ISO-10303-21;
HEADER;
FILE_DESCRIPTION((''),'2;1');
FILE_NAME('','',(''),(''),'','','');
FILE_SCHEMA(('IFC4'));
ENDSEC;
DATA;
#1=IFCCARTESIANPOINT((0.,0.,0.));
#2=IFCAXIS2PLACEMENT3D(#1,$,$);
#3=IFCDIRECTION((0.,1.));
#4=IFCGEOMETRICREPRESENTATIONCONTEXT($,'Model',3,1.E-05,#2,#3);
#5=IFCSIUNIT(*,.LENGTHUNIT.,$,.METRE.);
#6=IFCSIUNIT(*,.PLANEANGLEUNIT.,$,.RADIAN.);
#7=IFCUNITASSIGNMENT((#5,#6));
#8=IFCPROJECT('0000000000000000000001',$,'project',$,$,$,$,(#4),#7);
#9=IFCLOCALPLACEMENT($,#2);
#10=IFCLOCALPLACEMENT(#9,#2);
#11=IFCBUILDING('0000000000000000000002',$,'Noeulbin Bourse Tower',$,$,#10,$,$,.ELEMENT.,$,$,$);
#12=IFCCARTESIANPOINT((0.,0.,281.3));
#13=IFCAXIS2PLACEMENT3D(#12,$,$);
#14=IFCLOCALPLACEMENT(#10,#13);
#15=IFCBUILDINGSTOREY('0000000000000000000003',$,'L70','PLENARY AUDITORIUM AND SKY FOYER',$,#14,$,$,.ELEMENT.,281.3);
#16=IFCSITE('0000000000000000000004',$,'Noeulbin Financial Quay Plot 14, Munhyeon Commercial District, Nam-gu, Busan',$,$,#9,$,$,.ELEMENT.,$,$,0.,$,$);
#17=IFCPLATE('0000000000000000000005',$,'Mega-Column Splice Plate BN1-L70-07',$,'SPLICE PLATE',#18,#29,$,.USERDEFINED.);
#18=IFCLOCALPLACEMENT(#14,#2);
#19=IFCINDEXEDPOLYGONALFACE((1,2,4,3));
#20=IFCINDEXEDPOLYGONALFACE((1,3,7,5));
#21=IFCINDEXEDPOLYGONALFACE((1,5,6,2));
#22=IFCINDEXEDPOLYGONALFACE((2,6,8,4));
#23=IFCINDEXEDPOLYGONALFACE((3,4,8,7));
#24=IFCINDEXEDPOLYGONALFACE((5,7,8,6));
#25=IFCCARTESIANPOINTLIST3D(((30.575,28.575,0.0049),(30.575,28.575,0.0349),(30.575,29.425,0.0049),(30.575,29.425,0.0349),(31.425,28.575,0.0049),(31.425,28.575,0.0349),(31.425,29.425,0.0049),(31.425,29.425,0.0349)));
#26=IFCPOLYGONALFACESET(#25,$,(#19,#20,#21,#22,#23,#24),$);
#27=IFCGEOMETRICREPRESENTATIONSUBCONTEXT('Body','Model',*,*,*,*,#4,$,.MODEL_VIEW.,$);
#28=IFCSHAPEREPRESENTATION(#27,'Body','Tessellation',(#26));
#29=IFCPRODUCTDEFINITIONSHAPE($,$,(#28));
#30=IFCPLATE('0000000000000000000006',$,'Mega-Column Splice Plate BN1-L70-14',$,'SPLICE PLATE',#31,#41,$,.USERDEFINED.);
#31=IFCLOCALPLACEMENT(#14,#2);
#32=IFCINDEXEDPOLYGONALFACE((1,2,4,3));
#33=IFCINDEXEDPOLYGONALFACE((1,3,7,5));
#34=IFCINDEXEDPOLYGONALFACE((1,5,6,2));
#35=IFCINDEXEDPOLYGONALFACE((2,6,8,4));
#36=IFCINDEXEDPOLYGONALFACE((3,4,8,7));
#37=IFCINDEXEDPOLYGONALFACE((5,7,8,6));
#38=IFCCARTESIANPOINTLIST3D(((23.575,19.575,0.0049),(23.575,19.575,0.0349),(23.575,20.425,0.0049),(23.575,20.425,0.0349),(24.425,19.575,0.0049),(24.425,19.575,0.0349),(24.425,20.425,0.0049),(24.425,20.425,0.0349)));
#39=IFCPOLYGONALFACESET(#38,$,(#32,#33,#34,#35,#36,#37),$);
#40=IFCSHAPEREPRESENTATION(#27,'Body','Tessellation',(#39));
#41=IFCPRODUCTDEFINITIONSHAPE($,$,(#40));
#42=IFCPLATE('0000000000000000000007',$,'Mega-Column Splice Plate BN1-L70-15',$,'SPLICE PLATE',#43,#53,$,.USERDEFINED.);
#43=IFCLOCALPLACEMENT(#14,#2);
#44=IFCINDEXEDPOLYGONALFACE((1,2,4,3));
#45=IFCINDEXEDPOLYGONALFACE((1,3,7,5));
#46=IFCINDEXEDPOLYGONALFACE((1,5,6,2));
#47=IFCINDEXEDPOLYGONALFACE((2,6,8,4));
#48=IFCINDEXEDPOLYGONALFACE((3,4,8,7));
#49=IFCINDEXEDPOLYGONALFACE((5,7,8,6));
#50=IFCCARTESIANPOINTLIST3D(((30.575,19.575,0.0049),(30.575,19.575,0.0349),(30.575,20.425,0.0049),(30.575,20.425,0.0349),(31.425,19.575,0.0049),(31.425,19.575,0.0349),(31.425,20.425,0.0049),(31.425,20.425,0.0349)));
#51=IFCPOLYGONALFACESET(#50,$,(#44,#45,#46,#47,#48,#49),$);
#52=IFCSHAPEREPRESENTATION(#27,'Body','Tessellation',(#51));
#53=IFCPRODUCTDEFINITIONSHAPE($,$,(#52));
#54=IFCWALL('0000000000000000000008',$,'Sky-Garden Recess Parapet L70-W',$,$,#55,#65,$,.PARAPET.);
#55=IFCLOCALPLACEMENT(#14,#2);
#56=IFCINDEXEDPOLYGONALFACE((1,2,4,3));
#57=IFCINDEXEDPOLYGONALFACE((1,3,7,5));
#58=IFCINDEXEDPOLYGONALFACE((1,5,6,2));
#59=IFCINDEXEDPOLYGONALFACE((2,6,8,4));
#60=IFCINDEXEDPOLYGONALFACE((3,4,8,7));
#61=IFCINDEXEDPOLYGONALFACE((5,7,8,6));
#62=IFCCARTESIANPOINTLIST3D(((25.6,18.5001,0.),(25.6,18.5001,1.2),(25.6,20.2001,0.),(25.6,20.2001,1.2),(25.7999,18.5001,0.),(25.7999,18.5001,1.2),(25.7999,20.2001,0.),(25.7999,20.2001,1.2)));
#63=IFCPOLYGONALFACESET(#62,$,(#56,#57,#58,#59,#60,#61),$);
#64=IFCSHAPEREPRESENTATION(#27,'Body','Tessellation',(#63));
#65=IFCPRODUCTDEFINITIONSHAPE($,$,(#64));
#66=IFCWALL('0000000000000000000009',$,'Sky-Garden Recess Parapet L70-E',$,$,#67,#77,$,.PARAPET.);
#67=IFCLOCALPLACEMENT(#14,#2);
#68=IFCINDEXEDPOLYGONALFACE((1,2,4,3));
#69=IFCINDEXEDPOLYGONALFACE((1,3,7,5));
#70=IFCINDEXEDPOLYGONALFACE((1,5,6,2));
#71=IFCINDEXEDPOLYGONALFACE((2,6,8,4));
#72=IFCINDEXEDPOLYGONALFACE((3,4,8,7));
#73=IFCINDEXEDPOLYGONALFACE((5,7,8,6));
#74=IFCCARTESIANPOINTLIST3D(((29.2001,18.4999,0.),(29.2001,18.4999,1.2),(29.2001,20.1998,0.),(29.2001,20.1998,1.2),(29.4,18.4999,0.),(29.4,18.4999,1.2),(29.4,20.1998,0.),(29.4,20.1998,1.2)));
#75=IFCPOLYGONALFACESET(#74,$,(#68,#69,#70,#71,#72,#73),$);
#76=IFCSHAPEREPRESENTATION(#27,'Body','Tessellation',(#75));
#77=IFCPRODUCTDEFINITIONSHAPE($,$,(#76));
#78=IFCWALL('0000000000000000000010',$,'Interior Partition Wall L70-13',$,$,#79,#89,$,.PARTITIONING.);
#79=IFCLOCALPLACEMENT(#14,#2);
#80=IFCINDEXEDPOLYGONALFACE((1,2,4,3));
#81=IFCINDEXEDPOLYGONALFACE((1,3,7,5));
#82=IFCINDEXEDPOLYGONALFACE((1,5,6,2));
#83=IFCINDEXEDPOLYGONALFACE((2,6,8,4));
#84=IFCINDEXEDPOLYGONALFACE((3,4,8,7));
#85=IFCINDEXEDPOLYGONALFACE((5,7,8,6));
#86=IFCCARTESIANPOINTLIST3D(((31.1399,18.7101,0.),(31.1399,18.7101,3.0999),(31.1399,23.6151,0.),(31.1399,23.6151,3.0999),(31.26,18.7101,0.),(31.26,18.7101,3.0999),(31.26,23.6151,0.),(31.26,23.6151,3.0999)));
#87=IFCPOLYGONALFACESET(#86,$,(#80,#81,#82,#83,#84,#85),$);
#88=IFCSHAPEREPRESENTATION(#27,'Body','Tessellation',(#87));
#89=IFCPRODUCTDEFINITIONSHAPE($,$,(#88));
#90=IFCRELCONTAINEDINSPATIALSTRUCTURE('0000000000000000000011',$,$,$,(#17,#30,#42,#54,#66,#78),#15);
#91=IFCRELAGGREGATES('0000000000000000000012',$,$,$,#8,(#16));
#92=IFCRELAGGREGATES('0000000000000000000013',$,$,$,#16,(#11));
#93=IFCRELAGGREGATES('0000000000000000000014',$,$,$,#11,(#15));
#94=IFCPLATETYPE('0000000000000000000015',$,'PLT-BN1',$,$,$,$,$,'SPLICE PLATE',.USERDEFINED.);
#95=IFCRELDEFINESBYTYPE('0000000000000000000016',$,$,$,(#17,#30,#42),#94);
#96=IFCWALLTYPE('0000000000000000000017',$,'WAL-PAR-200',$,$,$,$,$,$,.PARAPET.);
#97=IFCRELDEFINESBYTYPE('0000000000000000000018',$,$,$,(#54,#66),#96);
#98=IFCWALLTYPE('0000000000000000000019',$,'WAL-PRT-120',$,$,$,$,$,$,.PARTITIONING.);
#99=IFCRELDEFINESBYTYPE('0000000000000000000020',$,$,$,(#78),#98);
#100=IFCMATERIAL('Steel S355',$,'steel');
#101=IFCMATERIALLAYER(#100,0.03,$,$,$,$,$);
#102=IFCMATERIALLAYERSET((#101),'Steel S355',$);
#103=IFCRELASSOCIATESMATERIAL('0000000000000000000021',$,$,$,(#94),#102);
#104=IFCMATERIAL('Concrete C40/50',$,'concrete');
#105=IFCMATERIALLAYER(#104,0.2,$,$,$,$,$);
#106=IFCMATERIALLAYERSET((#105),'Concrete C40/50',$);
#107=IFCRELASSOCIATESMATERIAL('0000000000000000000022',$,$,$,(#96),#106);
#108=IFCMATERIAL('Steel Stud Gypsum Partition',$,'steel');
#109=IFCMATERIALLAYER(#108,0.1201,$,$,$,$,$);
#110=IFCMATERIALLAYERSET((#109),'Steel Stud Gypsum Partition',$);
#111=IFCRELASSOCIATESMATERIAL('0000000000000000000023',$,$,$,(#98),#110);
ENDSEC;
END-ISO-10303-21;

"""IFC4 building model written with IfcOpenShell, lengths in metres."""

from ifc_helpers import new_model, si_unit, direction, frame, frame_2d, origin, origin_2d, place, context, subcontext, project, spatial, rectangle, extrude, material, layer, layer_set, type_object, element, save


model = new_model("IFC4")

# Units and contexts
model_context = context("Model", 3, precision=1e-05, world=origin(), true_north=direction((0.0, 1.0)))
body_context = subcontext(model_context, "Body", "Model", "MODEL_VIEW")
ifc_project = project(units=[si_unit("LENGTHUNIT", "METRE"), si_unit("PLANEANGLEUNIT", "RADIAN")], contexts=[model_context])

# Site, building, storey
site_placement = place(None, origin())
site = spatial("IfcSite", under=ifc_project, at=site_placement, Name="Noeulbin Financial Quay Plot 14, Munhyeon Commercial District, Nam-gu, Busan", CompositionType="ELEMENT", RefElevation=0.0)
building_placement = place(site_placement, origin())
building = spatial("IfcBuilding", under=site, at=building_placement, Name="Noeulbin Bourse Tower", CompositionType="ELEMENT")
storey_placement = place(building_placement, frame((0.0, 0.0, 281.3)))
storey = spatial("IfcBuildingStorey", under=building, at=storey_placement, Name="L70", Description="PLENARY AUDITORIUM AND SKY FOYER", CompositionType="ELEMENT", Elevation=281.3)

# Shared definitions
ifc_material_1 = material(Name="Steel S355", Category="steel")

# Plates
ifc_layer_1 = layer(ifc_material_1, 0.03)
ifc_layer_set_1 = layer_set([ifc_layer_1], Name="Steel S355")
plate_type_1 = type_object("IfcPlateType", Name="PLT-BN1", ElementType="SPLICE PLATE", PredefinedType="USERDEFINED", material=ifc_layer_set_1)
for number, where, z_axis, x_axis, name in (
    (1, (31.0, 29.0, 0.0049), (0.0, 0.0, 1.0), (1.0, 0.0, 0.0), "Mega-Column Splice Plate BN1-L70-07"),
    (2, (24.0, 20.0, 0.0049), (0.0, 0.0, 1.0), (1.0, 0.0, 0.0), "Mega-Column Splice Plate BN1-L70-14"),
    (3, (31.0, 20.0, 0.0049), (0.0, 0.0, 1.0), (1.0, 0.0, 0.0), "Mega-Column Splice Plate BN1-L70-15"),
):
    element("IfcPlate", number, at=place(storey_placement, frame(where, z_axis=z_axis, x_axis=x_axis)), inside=storey, type_object=plate_type_1, Name=name, ObjectType="SPLICE PLATE", PredefinedType="USERDEFINED", context=body_context, shape_type="SweptSolid", body=[
        extrude(rectangle(XDim=0.8501, YDim=0.8501, at=origin_2d()), origin(), (0.0, 0.0, 1.0), 0.03),
    ])

# Walls
ifc_material_2 = material(Name="Concrete C40/50", Category="concrete")
ifc_layer_2 = layer(ifc_material_2, 0.2)
ifc_layer_set_2 = layer_set([ifc_layer_2], Name="Concrete C40/50")
wall_type_1 = type_object("IfcWallType", Name="WAL-PAR-200", PredefinedType="PARAPET", material=ifc_layer_set_2)
for number, where, z_axis, x_axis, name in (
    (4, (25.7, 18.5, 0.0), (0.0, 0.0, 1.0), (0.0, 1.0, 0.0), "Sky-Garden Recess Parapet L70-W"),
    (5, (29.3, 20.2, 0.0), (0.0, 0.0, 1.0), (0.0, -1.0, 0.0), "Sky-Garden Recess Parapet L70-E"),
):
    element("IfcWall", number, at=place(storey_placement, frame(where, z_axis=z_axis, x_axis=x_axis)), inside=storey, type_object=wall_type_1, Name=name, PredefinedType="PARAPET", context=body_context, shape_type="SweptSolid", body=[
        extrude(rectangle(XDim=1.7, YDim=0.2, at=frame_2d((0.8501, 0.0))), origin(), (0.0, 0.0, 1.0), 1.2),
    ])
ifc_material_3 = material(Name="Steel Stud Gypsum Partition", Category="steel")
ifc_layer_3 = layer(ifc_material_3, 0.1201)
ifc_layer_set_3 = layer_set([ifc_layer_3], Name="Steel Stud Gypsum Partition")
wall_type_2 = type_object("IfcWallType", Name="WAL-PRT-120", PredefinedType="PARTITIONING", material=ifc_layer_set_3)
wall_placement = place(storey_placement, frame((31.2, 18.71, 0.0), z_axis=(0.0, 0.0, 1.0), x_axis=(0.0, 1.0, 0.0)))
element("IfcWall", 6, at=wall_placement, inside=storey, type_object=wall_type_2, Name="Interior Partition Wall L70-13", PredefinedType="PARTITIONING", context=body_context, shape_type="SweptSolid", body=[
    extrude(rectangle(XDim=4.905, YDim=0.1201, at=frame_2d((2.4526, 0.0))), origin(), (0.0, 0.0, 1.0), 3.0999),
])

save(model, "model.ifc")
